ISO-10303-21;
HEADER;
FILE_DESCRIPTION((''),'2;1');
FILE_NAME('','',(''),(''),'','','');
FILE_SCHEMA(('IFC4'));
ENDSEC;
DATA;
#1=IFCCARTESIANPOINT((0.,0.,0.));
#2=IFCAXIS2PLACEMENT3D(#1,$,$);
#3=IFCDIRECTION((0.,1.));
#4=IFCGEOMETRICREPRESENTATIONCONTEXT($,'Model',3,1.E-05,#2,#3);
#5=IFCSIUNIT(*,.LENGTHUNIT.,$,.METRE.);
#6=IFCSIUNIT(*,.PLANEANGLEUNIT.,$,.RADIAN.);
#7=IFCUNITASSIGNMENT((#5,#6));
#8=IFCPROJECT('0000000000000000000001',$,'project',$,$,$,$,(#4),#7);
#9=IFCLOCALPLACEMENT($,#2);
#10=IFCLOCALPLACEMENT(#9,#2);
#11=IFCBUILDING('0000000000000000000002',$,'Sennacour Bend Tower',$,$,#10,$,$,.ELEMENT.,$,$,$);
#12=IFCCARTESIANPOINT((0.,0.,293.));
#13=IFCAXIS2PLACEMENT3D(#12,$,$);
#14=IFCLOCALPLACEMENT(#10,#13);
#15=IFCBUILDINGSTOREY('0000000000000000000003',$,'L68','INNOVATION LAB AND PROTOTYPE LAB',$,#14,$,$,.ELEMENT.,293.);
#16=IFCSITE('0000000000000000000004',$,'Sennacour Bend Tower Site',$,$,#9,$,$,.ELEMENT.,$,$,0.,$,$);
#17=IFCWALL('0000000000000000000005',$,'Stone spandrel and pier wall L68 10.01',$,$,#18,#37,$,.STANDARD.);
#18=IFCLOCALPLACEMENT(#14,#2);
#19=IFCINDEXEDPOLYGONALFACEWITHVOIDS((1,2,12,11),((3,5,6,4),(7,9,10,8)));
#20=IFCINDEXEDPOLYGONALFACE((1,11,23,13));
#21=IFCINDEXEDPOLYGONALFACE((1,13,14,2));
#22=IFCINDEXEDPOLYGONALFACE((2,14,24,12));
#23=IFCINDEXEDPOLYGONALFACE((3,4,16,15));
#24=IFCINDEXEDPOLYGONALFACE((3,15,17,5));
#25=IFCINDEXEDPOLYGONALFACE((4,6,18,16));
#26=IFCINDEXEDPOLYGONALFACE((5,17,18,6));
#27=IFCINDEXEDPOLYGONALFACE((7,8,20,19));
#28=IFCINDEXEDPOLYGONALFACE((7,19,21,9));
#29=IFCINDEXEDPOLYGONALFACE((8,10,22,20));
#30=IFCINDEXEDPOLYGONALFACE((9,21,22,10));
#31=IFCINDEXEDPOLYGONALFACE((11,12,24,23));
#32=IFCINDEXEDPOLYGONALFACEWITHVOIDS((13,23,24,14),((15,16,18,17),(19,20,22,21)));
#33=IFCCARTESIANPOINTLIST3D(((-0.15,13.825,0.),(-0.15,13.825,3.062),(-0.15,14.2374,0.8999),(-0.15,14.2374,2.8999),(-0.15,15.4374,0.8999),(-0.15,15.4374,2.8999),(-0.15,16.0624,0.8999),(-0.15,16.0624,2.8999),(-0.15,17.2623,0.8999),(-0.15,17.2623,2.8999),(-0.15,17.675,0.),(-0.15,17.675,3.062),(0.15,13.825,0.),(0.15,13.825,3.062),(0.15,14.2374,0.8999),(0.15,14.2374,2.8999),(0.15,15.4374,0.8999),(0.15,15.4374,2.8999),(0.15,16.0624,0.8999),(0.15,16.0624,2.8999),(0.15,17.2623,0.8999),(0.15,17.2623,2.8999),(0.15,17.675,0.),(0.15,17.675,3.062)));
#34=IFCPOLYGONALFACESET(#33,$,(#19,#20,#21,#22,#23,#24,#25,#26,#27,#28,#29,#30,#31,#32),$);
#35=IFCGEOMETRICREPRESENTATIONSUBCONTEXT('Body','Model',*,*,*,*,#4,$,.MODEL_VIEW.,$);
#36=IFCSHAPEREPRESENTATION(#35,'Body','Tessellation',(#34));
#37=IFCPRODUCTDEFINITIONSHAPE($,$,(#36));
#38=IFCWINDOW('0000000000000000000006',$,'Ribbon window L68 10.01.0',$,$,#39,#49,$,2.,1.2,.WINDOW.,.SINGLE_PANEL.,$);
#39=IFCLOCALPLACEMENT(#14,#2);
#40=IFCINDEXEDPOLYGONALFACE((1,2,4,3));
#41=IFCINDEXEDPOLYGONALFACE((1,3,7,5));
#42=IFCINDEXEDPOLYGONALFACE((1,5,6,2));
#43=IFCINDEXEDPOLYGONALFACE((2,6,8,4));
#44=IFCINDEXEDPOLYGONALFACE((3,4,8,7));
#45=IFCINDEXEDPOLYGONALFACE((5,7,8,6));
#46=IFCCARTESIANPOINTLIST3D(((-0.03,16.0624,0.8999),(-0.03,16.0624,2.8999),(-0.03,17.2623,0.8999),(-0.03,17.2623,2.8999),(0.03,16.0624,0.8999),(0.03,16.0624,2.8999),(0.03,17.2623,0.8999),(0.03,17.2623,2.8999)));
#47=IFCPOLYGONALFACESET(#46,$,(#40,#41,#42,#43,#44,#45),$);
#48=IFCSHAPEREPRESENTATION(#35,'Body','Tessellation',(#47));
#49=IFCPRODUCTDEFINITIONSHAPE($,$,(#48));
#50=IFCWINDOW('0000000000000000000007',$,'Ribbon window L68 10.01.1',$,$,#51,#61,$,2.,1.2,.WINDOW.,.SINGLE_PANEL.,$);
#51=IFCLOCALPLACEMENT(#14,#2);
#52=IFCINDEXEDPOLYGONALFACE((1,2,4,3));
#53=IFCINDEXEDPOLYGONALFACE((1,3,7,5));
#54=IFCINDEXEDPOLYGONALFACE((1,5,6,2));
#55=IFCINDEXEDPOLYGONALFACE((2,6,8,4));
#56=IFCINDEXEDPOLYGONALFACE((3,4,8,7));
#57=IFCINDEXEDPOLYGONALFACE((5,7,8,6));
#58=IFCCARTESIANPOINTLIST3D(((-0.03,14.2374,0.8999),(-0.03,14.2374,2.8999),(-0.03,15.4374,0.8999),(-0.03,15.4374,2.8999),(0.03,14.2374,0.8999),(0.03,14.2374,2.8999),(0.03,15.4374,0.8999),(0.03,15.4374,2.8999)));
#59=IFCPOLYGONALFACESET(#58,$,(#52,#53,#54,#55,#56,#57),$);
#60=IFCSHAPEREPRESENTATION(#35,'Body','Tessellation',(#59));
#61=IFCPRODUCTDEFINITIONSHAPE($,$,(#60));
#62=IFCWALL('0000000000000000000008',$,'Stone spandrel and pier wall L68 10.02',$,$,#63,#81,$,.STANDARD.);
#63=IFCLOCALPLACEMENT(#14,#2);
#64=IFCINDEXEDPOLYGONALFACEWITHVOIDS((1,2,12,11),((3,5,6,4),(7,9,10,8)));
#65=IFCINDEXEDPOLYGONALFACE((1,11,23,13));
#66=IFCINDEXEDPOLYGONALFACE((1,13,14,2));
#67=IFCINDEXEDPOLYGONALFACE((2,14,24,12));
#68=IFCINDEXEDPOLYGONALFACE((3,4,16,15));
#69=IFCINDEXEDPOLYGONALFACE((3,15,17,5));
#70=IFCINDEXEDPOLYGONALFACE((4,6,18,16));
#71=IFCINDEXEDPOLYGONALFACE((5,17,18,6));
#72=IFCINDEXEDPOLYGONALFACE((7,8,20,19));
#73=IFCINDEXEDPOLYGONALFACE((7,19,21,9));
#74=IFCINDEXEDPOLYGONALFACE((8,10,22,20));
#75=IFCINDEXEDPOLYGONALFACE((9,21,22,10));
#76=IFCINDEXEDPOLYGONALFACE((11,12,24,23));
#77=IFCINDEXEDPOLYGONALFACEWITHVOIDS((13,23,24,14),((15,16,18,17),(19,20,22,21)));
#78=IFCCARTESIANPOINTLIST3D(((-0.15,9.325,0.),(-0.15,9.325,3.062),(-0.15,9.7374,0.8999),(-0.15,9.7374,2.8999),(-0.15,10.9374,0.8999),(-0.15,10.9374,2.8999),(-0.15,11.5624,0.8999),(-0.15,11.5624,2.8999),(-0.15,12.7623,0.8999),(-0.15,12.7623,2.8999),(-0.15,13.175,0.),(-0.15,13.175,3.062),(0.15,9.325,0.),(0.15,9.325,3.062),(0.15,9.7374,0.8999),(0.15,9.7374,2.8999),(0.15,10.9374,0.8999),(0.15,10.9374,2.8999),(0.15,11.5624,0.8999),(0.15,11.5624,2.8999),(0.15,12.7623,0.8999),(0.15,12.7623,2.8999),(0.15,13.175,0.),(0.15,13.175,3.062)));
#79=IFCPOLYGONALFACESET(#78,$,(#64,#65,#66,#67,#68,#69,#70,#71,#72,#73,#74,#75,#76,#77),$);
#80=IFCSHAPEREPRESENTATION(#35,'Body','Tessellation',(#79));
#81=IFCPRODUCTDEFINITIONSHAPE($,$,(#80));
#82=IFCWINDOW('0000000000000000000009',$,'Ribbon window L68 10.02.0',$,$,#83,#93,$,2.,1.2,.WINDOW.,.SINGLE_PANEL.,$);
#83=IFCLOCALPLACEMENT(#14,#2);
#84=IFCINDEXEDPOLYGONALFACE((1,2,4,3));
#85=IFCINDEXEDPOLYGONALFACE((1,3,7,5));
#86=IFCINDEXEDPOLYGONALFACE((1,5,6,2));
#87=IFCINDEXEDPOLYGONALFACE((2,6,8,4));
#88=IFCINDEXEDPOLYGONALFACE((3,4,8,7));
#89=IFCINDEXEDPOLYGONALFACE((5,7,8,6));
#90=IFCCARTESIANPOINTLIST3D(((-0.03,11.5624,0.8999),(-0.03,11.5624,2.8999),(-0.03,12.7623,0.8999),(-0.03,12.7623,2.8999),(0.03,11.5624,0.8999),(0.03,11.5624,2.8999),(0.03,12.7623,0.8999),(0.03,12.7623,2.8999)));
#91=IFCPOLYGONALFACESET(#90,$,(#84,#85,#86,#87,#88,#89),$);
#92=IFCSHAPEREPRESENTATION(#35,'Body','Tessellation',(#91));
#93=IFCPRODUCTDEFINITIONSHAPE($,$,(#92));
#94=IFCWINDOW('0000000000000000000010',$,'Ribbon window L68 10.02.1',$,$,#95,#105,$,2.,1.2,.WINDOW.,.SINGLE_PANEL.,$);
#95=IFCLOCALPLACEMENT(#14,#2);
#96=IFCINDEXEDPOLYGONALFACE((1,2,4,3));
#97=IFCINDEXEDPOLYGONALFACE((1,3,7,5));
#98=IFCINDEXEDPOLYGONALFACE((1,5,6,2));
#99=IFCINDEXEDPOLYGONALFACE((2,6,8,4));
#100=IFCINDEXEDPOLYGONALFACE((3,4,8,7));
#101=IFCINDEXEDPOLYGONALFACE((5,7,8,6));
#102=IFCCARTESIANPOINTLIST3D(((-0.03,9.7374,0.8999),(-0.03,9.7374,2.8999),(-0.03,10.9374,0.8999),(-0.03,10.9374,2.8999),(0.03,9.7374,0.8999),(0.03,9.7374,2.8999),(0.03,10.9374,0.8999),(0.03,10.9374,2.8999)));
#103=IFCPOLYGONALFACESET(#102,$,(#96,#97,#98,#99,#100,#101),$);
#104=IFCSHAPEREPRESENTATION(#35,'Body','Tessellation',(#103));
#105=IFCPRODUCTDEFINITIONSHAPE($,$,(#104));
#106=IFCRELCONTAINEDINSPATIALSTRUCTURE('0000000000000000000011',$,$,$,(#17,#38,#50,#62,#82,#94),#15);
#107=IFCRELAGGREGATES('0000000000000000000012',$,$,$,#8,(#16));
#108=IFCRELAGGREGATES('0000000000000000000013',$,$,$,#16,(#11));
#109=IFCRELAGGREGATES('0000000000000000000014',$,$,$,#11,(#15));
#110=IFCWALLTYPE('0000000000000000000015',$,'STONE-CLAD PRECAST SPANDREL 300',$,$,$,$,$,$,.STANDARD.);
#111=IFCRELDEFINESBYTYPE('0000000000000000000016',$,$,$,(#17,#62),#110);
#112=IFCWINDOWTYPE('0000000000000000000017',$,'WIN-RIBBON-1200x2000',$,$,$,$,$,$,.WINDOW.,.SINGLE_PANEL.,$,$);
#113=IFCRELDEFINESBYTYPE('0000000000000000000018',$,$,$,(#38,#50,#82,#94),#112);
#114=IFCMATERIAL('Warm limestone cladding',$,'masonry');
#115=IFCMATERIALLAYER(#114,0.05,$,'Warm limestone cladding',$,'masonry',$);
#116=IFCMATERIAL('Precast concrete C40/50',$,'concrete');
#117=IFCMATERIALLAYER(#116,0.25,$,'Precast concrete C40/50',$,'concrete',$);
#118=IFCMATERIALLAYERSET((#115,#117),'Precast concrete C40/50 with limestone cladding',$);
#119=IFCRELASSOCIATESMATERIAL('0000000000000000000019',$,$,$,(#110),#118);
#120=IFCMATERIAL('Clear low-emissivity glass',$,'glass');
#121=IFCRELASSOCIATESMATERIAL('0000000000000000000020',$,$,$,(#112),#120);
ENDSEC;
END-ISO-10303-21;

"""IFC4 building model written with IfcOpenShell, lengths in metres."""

from ifc_helpers import new_model, si_unit, direction, frame, frame_2d, origin, place, context, subcontext, project, spatial, rectangle, extrude, material, layer, layer_set, type_object, element, fill, save


model = new_model("IFC4")

# Units and contexts
model_context = context("Model", 3, precision=1e-05, world=origin(), true_north=direction((0.0, 1.0)))
body_context = subcontext(model_context, "Body", "Model", "MODEL_VIEW")
ifc_project = project(units=[si_unit("LENGTHUNIT", "METRE"), si_unit("PLANEANGLEUNIT", "RADIAN")], contexts=[model_context])

# Site, building, storey
site_placement = place(None, origin())
site = spatial("IfcSite", under=ifc_project, at=site_placement, Name="Sennacour Bend Tower Site", CompositionType="ELEMENT", RefElevation=0.0)
building_placement = place(site_placement, origin())
building = spatial("IfcBuilding", under=site, at=building_placement, Name="Sennacour Bend Tower", CompositionType="ELEMENT")
storey_placement = place(building_placement, frame((0.0, 0.0, 293.0)))
storey = spatial("IfcBuildingStorey", under=building, at=storey_placement, Name="L68", Description="INNOVATION LAB AND PROTOTYPE LAB", CompositionType="ELEMENT", Elevation=293.0)

# Walls, openings, windows
ifc_material_1 = material(Name="Warm limestone cladding", Category="masonry")
ifc_layer_1 = layer(ifc_material_1, 0.05, Name="Warm limestone cladding", Category="masonry")
ifc_material_2 = material(Name="Precast concrete C40/50", Category="concrete")
ifc_layer_2 = layer(ifc_material_2, 0.25, Name="Precast concrete C40/50", Category="concrete")
ifc_layer_set_1 = layer_set([ifc_layer_1, ifc_layer_2], Name="Precast concrete C40/50 with limestone cladding")
wall_type_1 = type_object("IfcWallType", Name="STONE-CLAD PRECAST SPANDREL 300", PredefinedType="STANDARD", material=ifc_layer_set_1)
ifc_material_3 = material(Name="Clear low-emissivity glass", Category="glass")
window_type = type_object("IfcWindowType", Name="WIN-RIBBON-1200x2000", PartitioningType="SINGLE_PANEL", PredefinedType="WINDOW", material=ifc_material_3)
wall_1_placement = place(storey_placement, frame((0.0, 17.675, 0.0), z_axis=(0.0, 0.0, 1.0), x_axis=(0.0, -1.0, 0.0)))
wall_1 = element("IfcWall", 1, at=wall_1_placement, inside=storey, type_object=wall_type_1, Name="Stone spandrel and pier wall L68 10.01", PredefinedType="STANDARD", context=body_context, shape_type="SweptSolid", body=[
    extrude(rectangle(XDim=3.8501, YDim=0.3, at=frame_2d((1.925, 0.0))), origin(), (0.0, 0.0, 1.0), 3.062),
])
opening_1_placement = place(wall_1_placement, frame((0.4126, 0.0, 0.8999)))
opening_1 = element("IfcOpeningElement", 2, at=opening_1_placement, cuts=wall_1, PredefinedType="OPENING", context=body_context, shape_type="SweptSolid", body=[
    extrude(rectangle(XDim=1.2, YDim=2.0, at=frame_2d((0.6001, 1.0))), frame((0.0, 0.1602, 0.0), z_axis=(0.0, -1.0, 0.0), x_axis=(1.0, 0.0, 0.0)), (0.0, 0.0, 1.0), 0.3201),
])
opening_2_placement = place(wall_1_placement, frame((2.2375, 0.0, 0.8999)))
opening_2 = element("IfcOpeningElement", 3, at=opening_2_placement, cuts=wall_1, PredefinedType="OPENING", context=body_context, shape_type="SweptSolid", body=[
    extrude(rectangle(XDim=1.2, YDim=2.0, at=frame_2d((0.6001, 1.0))), frame((0.0, 0.1602, 0.0), z_axis=(0.0, -1.0, 0.0), x_axis=(1.0, 0.0, 0.0)), (0.0, 0.0, 1.0), 0.3201),
])
window_1_placement = place(opening_1_placement, origin())
window_1 = element("IfcWindow", 4, at=window_1_placement, inside=storey, type_object=window_type, Name="Ribbon window L68 10.01.0", OverallHeight=2.0, OverallWidth=1.2, PartitioningType="SINGLE_PANEL", PredefinedType="WINDOW", context=body_context, shape_type="SweptSolid", body=[
    extrude(rectangle(XDim=1.2, YDim=2.0, at=frame_2d((0.6001, 1.0))), frame((0.0, 0.03, 0.0), z_axis=(0.0, -1.0, 0.0), x_axis=(1.0, 0.0, 0.0)), (0.0, 0.0, 1.0), 0.0601),
])
fill(opening_1, window_1)
window_2_placement = place(opening_2_placement, origin())
window_2 = element("IfcWindow", 5, at=window_2_placement, inside=storey, type_object=window_type, Name="Ribbon window L68 10.01.1", OverallHeight=2.0, OverallWidth=1.2, PartitioningType="SINGLE_PANEL", PredefinedType="WINDOW", context=body_context, shape_type="SweptSolid", body=[
    extrude(rectangle(XDim=1.2, YDim=2.0, at=frame_2d((0.6001, 1.0))), frame((0.0, 0.03, 0.0), z_axis=(0.0, -1.0, 0.0), x_axis=(1.0, 0.0, 0.0)), (0.0, 0.0, 1.0), 0.0601),
])
fill(opening_2, window_2)
wall_2_placement = place(storey_placement, frame((0.0, 13.175, 0.0), z_axis=(0.0, 0.0, 1.0), x_axis=(0.0, -1.0, 0.0)))
wall_2 = element("IfcWall", 6, at=wall_2_placement, inside=storey, type_object=wall_type_1, Name="Stone spandrel and pier wall L68 10.02", PredefinedType="STANDARD", context=body_context, shape_type="SweptSolid", body=[
    extrude(rectangle(XDim=3.8501, YDim=0.3, at=frame_2d((1.925, 0.0))), origin(), (0.0, 0.0, 1.0), 3.062),
])
opening_3_placement = place(wall_2_placement, frame((0.4126, 0.0, 0.8999)))
opening_3 = element("IfcOpeningElement", 7, at=opening_3_placement, cuts=wall_2, PredefinedType="OPENING", context=body_context, shape_type="SweptSolid", body=[
    extrude(rectangle(XDim=1.2, YDim=2.0, at=frame_2d((0.6001, 1.0))), frame((0.0, 0.1602, 0.0), z_axis=(0.0, -1.0, 0.0), x_axis=(1.0, 0.0, 0.0)), (0.0, 0.0, 1.0), 0.3201),
])
opening_4_placement = place(wall_2_placement, frame((2.2375, 0.0, 0.8999)))
opening_4 = element("IfcOpeningElement", 8, at=opening_4_placement, cuts=wall_2, PredefinedType="OPENING", context=body_context, shape_type="SweptSolid", body=[
    extrude(rectangle(XDim=1.2, YDim=2.0, at=frame_2d((0.6001, 1.0))), frame((0.0, 0.1602, 0.0), z_axis=(0.0, -1.0, 0.0), x_axis=(1.0, 0.0, 0.0)), (0.0, 0.0, 1.0), 0.3201),
])
window_3_placement = place(opening_3_placement, origin())
window_3 = element("IfcWindow", 9, at=window_3_placement, inside=storey, type_object=window_type, Name="Ribbon window L68 10.02.0", OverallHeight=2.0, OverallWidth=1.2, PartitioningType="SINGLE_PANEL", PredefinedType="WINDOW", context=body_context, shape_type="SweptSolid", body=[
    extrude(rectangle(XDim=1.2, YDim=2.0, at=frame_2d((0.6001, 1.0))), frame((0.0, 0.03, 0.0), z_axis=(0.0, -1.0, 0.0), x_axis=(1.0, 0.0, 0.0)), (0.0, 0.0, 1.0), 0.0601),
])
fill(opening_3, window_3)
window_4_placement = place(opening_4_placement, origin())
window_4 = element("IfcWindow", 10, at=window_4_placement, inside=storey, type_object=window_type, Name="Ribbon window L68 10.02.1", OverallHeight=2.0, OverallWidth=1.2, PartitioningType="SINGLE_PANEL", PredefinedType="WINDOW", context=body_context, shape_type="SweptSolid", body=[
    extrude(rectangle(XDim=1.2, YDim=2.0, at=frame_2d((0.6001, 1.0))), frame((0.0, 0.03, 0.0), z_axis=(0.0, -1.0, 0.0), x_axis=(1.0, 0.0, 0.0)), (0.0, 0.0, 1.0), 0.0601),
])
fill(opening_4, window_4)

save(model, "model.ifc")
